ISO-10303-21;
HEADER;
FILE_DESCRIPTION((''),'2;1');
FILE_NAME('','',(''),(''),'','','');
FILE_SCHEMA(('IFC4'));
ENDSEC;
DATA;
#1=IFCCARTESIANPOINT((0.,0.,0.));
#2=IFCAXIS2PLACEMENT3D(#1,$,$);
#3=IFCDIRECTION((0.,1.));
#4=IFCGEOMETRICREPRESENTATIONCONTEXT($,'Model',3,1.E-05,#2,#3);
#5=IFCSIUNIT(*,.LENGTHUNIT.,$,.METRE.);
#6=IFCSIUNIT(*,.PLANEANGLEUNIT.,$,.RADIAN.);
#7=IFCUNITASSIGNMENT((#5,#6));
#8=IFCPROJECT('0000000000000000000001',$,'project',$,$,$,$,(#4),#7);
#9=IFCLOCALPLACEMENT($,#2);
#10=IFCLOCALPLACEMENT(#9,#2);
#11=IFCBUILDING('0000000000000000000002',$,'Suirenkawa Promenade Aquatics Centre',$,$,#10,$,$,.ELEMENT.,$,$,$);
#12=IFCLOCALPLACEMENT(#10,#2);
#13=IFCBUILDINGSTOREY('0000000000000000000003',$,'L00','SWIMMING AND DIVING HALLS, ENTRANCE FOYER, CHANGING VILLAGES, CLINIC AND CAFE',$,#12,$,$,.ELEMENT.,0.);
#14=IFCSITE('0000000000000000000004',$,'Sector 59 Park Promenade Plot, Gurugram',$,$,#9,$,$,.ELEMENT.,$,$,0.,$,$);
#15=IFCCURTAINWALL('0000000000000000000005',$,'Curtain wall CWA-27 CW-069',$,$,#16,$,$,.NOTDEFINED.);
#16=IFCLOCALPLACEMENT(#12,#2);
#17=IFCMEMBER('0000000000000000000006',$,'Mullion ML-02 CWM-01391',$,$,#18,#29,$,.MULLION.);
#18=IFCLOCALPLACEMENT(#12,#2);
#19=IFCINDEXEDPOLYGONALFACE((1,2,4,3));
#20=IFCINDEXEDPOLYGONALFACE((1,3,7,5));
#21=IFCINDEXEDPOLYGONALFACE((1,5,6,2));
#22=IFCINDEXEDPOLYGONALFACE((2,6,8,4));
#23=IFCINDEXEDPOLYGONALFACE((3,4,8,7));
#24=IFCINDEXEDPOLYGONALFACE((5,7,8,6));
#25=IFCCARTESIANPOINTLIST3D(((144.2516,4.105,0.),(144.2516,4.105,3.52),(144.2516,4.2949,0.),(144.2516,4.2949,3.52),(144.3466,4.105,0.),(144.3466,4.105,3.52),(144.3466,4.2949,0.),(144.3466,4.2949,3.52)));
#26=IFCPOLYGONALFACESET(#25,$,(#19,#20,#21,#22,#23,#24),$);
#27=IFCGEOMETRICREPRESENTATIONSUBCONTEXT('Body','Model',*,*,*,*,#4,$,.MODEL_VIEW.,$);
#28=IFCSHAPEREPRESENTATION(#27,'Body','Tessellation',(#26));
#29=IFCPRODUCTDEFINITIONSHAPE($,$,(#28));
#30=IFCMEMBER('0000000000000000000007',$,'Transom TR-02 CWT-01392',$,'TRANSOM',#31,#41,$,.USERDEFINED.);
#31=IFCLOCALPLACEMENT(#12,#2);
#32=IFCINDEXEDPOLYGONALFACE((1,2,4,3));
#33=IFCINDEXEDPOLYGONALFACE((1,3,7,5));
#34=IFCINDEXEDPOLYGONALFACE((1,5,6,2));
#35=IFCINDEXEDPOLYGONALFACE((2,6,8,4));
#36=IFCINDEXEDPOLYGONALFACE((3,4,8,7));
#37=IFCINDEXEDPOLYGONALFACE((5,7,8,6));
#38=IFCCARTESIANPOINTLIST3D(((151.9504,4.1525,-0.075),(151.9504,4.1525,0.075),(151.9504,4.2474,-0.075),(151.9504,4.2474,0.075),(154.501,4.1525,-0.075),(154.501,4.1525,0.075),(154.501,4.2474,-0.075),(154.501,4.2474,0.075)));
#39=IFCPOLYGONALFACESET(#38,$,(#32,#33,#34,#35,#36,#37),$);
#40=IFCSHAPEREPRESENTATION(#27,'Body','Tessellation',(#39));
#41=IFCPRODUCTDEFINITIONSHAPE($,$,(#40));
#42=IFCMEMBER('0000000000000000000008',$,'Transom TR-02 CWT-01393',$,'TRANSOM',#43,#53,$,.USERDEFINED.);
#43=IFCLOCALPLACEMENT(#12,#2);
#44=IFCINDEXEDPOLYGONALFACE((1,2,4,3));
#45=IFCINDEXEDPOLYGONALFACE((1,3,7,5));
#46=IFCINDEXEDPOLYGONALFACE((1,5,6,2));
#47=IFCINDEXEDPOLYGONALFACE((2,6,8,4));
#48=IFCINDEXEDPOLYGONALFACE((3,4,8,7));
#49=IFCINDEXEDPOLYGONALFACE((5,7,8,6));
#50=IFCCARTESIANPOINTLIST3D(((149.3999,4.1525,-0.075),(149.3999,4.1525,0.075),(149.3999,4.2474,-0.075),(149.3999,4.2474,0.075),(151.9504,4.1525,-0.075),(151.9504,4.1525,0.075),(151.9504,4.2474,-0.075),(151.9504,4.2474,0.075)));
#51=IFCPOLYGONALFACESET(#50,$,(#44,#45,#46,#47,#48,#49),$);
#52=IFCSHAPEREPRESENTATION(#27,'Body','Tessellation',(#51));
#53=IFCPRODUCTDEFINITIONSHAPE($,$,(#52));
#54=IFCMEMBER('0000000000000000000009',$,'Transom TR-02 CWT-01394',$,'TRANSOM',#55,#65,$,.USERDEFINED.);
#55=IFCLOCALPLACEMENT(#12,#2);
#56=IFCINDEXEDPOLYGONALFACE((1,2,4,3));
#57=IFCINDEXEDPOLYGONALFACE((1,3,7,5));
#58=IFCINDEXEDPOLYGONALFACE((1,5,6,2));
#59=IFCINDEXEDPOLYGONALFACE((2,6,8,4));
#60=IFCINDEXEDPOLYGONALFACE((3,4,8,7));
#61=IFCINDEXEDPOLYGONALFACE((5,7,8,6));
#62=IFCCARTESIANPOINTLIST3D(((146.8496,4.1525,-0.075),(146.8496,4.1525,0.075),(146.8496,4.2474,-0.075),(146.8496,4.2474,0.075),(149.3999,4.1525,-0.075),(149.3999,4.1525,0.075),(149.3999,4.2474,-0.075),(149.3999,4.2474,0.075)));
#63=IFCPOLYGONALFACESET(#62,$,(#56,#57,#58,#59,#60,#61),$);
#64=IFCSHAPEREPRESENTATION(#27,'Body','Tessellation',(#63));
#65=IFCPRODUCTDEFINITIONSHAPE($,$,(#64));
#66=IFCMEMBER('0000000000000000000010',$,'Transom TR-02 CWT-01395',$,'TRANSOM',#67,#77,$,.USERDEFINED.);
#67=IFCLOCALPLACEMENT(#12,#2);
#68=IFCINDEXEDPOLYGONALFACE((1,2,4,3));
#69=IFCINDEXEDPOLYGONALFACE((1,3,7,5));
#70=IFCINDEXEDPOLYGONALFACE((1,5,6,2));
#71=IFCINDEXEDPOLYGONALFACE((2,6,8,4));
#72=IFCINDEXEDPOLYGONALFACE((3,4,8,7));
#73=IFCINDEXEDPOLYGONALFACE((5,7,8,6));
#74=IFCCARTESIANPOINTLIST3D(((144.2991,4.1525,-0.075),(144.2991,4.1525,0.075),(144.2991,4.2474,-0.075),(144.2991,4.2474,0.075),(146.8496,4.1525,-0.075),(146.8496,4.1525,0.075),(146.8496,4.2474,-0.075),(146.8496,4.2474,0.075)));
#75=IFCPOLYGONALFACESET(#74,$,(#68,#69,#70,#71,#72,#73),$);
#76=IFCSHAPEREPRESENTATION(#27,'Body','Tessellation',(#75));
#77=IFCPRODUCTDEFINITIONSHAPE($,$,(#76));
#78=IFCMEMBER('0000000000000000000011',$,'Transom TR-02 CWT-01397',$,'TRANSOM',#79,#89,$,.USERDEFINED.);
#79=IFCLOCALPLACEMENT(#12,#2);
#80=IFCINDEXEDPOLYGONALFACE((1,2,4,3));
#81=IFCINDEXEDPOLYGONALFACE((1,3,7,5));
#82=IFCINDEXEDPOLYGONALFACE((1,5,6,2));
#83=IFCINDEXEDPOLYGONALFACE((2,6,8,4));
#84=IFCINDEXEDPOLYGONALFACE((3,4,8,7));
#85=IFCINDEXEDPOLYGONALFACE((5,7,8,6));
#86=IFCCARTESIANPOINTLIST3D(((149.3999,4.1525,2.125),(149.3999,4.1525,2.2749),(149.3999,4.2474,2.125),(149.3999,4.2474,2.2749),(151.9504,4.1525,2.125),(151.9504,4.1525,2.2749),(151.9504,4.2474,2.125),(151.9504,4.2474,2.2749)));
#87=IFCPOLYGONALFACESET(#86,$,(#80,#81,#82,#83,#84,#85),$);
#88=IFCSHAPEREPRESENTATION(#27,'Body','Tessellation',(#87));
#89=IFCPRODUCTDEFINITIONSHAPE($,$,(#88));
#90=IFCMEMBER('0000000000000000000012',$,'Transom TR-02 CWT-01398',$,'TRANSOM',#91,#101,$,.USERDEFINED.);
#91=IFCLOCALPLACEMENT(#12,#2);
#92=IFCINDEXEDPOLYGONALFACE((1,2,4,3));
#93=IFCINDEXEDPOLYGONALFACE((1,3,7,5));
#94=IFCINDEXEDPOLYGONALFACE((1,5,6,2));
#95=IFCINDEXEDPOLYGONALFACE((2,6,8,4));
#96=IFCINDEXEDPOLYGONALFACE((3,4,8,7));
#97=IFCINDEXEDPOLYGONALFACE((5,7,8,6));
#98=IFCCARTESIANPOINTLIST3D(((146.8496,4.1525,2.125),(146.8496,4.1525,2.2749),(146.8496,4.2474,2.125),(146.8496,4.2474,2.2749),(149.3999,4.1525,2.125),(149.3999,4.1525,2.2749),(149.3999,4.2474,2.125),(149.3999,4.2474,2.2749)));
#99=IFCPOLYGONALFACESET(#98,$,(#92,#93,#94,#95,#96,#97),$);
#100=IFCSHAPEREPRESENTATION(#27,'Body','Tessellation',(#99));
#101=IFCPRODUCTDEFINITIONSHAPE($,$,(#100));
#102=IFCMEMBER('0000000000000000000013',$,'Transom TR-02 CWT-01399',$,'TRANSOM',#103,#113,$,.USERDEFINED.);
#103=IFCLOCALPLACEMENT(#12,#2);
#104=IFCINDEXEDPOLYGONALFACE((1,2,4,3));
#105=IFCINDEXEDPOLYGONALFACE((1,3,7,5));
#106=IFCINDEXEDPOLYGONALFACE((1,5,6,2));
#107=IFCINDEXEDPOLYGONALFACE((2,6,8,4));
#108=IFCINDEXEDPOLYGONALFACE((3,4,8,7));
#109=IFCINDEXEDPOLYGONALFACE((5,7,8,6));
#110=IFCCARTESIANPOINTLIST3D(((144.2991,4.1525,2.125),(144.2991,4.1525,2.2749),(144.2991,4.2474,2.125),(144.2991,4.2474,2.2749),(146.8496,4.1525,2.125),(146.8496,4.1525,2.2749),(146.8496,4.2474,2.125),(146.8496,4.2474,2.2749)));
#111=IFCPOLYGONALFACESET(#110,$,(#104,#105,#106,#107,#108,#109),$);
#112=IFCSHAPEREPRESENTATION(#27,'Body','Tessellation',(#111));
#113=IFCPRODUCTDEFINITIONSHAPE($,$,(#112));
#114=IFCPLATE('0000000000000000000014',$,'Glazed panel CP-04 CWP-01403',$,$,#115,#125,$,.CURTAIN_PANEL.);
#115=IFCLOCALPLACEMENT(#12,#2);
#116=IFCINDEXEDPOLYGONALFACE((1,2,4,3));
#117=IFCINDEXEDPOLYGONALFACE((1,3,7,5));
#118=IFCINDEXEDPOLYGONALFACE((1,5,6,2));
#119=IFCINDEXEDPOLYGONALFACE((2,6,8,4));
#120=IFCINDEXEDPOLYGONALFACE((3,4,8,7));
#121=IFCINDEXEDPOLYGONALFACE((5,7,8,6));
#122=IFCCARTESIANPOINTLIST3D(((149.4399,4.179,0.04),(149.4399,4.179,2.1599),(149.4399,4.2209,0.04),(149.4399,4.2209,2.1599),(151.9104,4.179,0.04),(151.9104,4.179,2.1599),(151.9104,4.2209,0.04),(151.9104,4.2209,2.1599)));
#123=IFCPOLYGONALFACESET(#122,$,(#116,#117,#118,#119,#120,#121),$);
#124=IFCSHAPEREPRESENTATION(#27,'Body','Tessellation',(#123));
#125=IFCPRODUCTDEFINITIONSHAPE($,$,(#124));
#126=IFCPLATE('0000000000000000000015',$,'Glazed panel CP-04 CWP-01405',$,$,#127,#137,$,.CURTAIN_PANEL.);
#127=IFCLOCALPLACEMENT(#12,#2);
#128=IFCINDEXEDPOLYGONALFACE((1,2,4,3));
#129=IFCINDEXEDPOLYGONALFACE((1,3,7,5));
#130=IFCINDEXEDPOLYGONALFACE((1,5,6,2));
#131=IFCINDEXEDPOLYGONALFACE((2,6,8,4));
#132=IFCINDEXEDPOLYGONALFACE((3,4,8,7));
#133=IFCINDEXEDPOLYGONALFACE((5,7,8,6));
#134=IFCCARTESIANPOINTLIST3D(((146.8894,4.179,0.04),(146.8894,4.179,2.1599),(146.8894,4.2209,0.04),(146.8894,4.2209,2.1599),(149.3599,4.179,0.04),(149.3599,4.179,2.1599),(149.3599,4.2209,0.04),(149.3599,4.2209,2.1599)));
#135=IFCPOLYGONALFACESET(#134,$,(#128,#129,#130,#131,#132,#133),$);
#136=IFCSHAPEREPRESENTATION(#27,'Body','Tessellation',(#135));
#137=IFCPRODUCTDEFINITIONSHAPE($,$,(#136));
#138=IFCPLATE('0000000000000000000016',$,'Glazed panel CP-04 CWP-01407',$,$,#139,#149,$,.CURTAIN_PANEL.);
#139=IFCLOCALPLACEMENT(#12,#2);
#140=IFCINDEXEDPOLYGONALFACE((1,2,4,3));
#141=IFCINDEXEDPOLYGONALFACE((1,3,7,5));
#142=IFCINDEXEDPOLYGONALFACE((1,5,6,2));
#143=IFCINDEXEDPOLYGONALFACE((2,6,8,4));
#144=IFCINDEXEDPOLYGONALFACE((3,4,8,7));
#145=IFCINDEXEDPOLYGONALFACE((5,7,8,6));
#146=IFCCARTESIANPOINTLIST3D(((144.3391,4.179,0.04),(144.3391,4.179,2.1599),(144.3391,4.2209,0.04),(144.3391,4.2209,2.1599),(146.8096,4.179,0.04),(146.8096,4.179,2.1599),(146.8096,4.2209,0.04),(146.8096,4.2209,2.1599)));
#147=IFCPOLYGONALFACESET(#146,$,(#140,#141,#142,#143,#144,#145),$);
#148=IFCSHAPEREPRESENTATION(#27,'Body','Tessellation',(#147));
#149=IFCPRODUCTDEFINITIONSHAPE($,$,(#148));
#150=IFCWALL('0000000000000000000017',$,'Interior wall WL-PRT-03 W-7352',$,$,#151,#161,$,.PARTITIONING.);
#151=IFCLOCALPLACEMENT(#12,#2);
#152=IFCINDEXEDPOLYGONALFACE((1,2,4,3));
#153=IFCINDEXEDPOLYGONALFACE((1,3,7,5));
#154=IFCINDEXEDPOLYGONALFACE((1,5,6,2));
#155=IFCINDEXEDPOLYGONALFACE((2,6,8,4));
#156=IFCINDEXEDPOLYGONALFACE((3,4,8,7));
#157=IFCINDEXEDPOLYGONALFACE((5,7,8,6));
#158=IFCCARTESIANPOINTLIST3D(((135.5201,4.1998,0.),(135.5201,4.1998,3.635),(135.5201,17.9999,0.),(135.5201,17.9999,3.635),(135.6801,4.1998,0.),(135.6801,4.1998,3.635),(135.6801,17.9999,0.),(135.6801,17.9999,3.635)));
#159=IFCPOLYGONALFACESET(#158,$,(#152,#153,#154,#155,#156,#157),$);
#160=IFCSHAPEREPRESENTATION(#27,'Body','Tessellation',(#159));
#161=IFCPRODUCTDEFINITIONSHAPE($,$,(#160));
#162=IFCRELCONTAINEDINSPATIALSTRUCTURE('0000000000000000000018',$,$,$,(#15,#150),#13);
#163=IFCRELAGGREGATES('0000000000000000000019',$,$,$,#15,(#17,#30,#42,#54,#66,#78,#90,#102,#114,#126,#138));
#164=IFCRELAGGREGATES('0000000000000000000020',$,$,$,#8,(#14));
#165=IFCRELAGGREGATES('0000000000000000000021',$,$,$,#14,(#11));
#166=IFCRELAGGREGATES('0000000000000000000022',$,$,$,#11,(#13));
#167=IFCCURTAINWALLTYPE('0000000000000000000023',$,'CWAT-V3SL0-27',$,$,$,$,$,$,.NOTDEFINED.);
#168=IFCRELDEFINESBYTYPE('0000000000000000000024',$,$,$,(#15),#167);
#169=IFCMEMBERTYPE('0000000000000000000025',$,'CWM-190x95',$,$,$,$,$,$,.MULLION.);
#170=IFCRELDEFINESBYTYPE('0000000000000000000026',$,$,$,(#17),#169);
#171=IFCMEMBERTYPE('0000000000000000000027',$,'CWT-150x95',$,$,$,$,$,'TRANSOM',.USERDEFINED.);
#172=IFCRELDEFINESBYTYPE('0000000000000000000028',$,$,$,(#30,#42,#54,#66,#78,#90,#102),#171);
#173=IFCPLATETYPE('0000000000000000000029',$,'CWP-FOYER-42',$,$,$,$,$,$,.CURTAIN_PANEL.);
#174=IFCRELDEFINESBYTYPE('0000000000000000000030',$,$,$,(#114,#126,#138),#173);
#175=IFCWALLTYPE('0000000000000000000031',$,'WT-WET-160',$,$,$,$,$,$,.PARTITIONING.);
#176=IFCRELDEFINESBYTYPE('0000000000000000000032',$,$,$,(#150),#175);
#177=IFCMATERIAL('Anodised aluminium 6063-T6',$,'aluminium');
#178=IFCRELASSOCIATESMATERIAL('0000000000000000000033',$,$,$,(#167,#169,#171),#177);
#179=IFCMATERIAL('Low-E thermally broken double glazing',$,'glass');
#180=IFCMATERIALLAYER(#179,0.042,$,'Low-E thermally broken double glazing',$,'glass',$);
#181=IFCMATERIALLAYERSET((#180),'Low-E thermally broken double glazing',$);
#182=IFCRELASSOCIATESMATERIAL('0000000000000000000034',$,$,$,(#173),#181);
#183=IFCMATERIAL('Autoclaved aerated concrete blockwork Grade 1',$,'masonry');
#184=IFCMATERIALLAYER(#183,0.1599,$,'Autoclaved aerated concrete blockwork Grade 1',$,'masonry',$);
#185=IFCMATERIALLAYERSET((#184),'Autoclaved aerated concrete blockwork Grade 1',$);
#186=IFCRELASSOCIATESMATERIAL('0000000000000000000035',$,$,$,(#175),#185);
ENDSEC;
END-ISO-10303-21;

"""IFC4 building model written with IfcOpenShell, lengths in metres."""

from ifc_helpers import new_model, si_unit, direction, frame, frame_2d, origin, origin_2d, place, context, subcontext, project, spatial, polyline, rectangle, outline, extrude, material, layer, layer_set, material_profile, profile_set, type_object, element, aggregate, save


model = new_model("IFC4")

# Units and contexts
model_context = context("Model", 3, precision=1e-05, world=origin(), true_north=direction((0.0, 1.0)))
body_context = subcontext(model_context, "Body", "Model", "MODEL_VIEW")
ifc_project = project(units=[si_unit("LENGTHUNIT", "METRE"), si_unit("PLANEANGLEUNIT", "RADIAN")], contexts=[model_context])

# Site, building, storey
site_placement = place(None, origin())
site = spatial("IfcSite", under=ifc_project, at=site_placement, Name="Sector 59 Park Promenade Plot, Gurugram", CompositionType="ELEMENT", RefElevation=0.0)
building_placement = place(site_placement, origin())
building = spatial("IfcBuilding", under=site, at=building_placement, Name="Suirenkawa Promenade Aquatics Centre", CompositionType="ELEMENT")
storey_placement = place(building_placement, origin())
storey = spatial("IfcBuildingStorey", under=building, at=storey_placement, Name="L00", Description="SWIMMING AND DIVING HALLS, ENTRANCE FOYER, CHANGING VILLAGES, CLINIC AND CAFE", CompositionType="ELEMENT", Elevation=0.0)

# Curtain wall, members, plates
ifc_material_1 = material(Name="Anodised aluminium 6063-T6", Category="aluminium")
curtain_wall_type = type_object("IfcCurtainWallType", Name="CWAT-V3SL0-27", PredefinedType="NOTDEFINED", material=ifc_material_1)
curtain_wall_placement = place(storey_placement, origin())
curtain_wall = element("IfcCurtainWall", 1, at=curtain_wall_placement, inside=storey, type_object=curtain_wall_type, Name="Curtain wall CWA-27 CW-069", PredefinedType="NOTDEFINED")
ifc_material_profile_1 = material_profile(ifc_material_1, rectangle(XDim=0.095, YDim=0.1899, at=origin_2d()), Name="ALU MULL 95x190", Category="aluminium")
ifc_profile_set_1 = profile_set([ifc_material_profile_1], Name="Anodised aluminium 6063-T6")
member_type_1 = type_object("IfcMemberType", Name="CWM-190x95", PredefinedType="MULLION", material=ifc_profile_set_1)
member_1_placement = place(storey_placement, frame((144.2991, 4.2, 0.0), z_axis=(0.0, 0.0, 1.0), x_axis=(-1.0, 0.0, 0.0)))
member_1 = element("IfcMember", 2, at=member_1_placement, type_object=member_type_1, Name="Mullion ML-02 CWM-01391", PredefinedType="MULLION", context=body_context, shape_type="SweptSolid", body=[
    extrude(rectangle(XDim=0.095, YDim=0.1899, at=origin_2d()), origin(), (0.0, 0.0, 1.0), 3.52),
])
ifc_material_profile_2 = material_profile(ifc_material_1, rectangle(XDim=0.095, YDim=0.1499, at=origin_2d()), Name="ALU TRAN 95x150", Category="aluminium")
ifc_profile_set_2 = profile_set([ifc_material_profile_2], Name="Anodised aluminium 6063-T6")
member_type_2 = type_object("IfcMemberType", Name="CWT-150x95", ElementType="TRANSOM", PredefinedType="USERDEFINED", material=ifc_profile_set_2)
member_2_placement = place(storey_placement, frame((154.501, 4.2, 0.0), z_axis=(-1.0, 0.0, 0.0), x_axis=(0.0, -1.0, 0.0)))
member_2 = element("IfcMember", 3, at=member_2_placement, type_object=member_type_2, Name="Transom TR-02 CWT-01392", ObjectType="TRANSOM", PredefinedType="USERDEFINED", context=body_context, shape_type="SweptSolid", body=[
    extrude(rectangle(XDim=0.095, YDim=0.1499, at=origin_2d()), origin(), (0.0, 0.0, 1.0), 2.5505),
])
member_3_placement = place(storey_placement, frame((151.9504, 4.2, 0.0), z_axis=(-1.0, 0.0, 0.0), x_axis=(0.0, -1.0, 0.0)))
member_3 = element("IfcMember", 4, at=member_3_placement, type_object=member_type_2, Name="Transom TR-02 CWT-01393", ObjectType="TRANSOM", PredefinedType="USERDEFINED", context=body_context, shape_type="SweptSolid", body=[
    extrude(rectangle(XDim=0.095, YDim=0.1499, at=origin_2d()), origin(), (0.0, 0.0, 1.0), 2.5505),
])
member_4_placement = place(storey_placement, frame((149.3999, 4.2, 0.0), z_axis=(-1.0, 0.0, 0.0), x_axis=(0.0, -1.0, 0.0)))
member_4 = element("IfcMember", 5, at=member_4_placement, type_object=member_type_2, Name="Transom TR-02 CWT-01394", ObjectType="TRANSOM", PredefinedType="USERDEFINED", context=body_context, shape_type="SweptSolid", body=[
    extrude(rectangle(XDim=0.095, YDim=0.1499, at=origin_2d()), origin(), (0.0, 0.0, 1.0), 2.5503),
])
member_5_placement = place(storey_placement, frame((146.8496, 4.2, 0.0), z_axis=(-1.0, 0.0, 0.0), x_axis=(0.0, -1.0, 0.0)))
member_5 = element("IfcMember", 6, at=member_5_placement, type_object=member_type_2, Name="Transom TR-02 CWT-01395", ObjectType="TRANSOM", PredefinedType="USERDEFINED", context=body_context, shape_type="SweptSolid", body=[
    extrude(rectangle(XDim=0.095, YDim=0.1499, at=origin_2d()), origin(), (0.0, 0.0, 1.0), 2.5505),
])
member_6_placement = place(storey_placement, frame((151.9504, 4.2, 2.2), z_axis=(-1.0, 0.0, 0.0), x_axis=(0.0, -1.0, 0.0)))
member_6 = element("IfcMember", 7, at=member_6_placement, type_object=member_type_2, Name="Transom TR-02 CWT-01397", ObjectType="TRANSOM", PredefinedType="USERDEFINED", context=body_context, shape_type="SweptSolid", body=[
    extrude(rectangle(XDim=0.095, YDim=0.1499, at=origin_2d()), origin(), (0.0, 0.0, 1.0), 2.5505),
])
member_7_placement = place(storey_placement, frame((149.3999, 4.2, 2.2), z_axis=(-1.0, 0.0, 0.0), x_axis=(0.0, -1.0, 0.0)))
member_7 = element("IfcMember", 8, at=member_7_placement, type_object=member_type_2, Name="Transom TR-02 CWT-01398", ObjectType="TRANSOM", PredefinedType="USERDEFINED", context=body_context, shape_type="SweptSolid", body=[
    extrude(rectangle(XDim=0.095, YDim=0.1499, at=origin_2d()), origin(), (0.0, 0.0, 1.0), 2.5503),
])
member_8_placement = place(storey_placement, frame((146.8496, 4.2, 2.2), z_axis=(-1.0, 0.0, 0.0), x_axis=(0.0, -1.0, 0.0)))
member_8 = element("IfcMember", 9, at=member_8_placement, type_object=member_type_2, Name="Transom TR-02 CWT-01399", ObjectType="TRANSOM", PredefinedType="USERDEFINED", context=body_context, shape_type="SweptSolid", body=[
    extrude(rectangle(XDim=0.095, YDim=0.1499, at=origin_2d()), origin(), (0.0, 0.0, 1.0), 2.5505),
])
ifc_material_2 = material(Name="Low-E thermally broken double glazing", Category="glass")
ifc_layer_1 = layer(ifc_material_2, 0.042, Name="Low-E thermally broken double glazing", Category="glass")
ifc_layer_set_1 = layer_set([ifc_layer_1], Name="Low-E thermally broken double glazing")
plate_type = type_object("IfcPlateType", Name="CWP-FOYER-42", PredefinedType="CURTAIN_PANEL", material=ifc_layer_set_1)
plate_1_placement = place(storey_placement, frame((151.9504, 4.2, 0.04), z_axis=(0.0, 0.0, 1.0), x_axis=(-1.0, 0.0, 0.0)))
plate_1 = element("IfcPlate", 10, at=plate_1_placement, type_object=plate_type, Name="Glazed panel CP-04 CWP-01403", PredefinedType="CURTAIN_PANEL", context=body_context, shape_type="SweptSolid", body=[
    extrude(outline(polyline([(0.04, 0.0), (2.5105, 0.0), (2.5105, 2.1199), (0.04, 2.1199), (0.04, 0.0)])), frame((0.0, 0.021, 0.0), z_axis=(0.0, -1.0, 0.0), x_axis=(1.0, 0.0, 0.0)), (0.0, 0.0, 1.0), 0.042),
])
plate_2_placement = place(storey_placement, frame((149.3999, 4.2, 0.04), z_axis=(0.0, 0.0, 1.0), x_axis=(-1.0, 0.0, 0.0)))
plate_2 = element("IfcPlate", 11, at=plate_2_placement, type_object=plate_type, Name="Glazed panel CP-04 CWP-01405", PredefinedType="CURTAIN_PANEL", context=body_context, shape_type="SweptSolid", body=[
    extrude(outline(polyline([(0.04, 0.0), (2.5105, 0.0), (2.5105, 2.1199), (0.04, 2.1199), (0.04, 0.0)])), frame((0.0, 0.021, 0.0), z_axis=(0.0, -1.0, 0.0), x_axis=(1.0, 0.0, 0.0)), (0.0, 0.0, 1.0), 0.042),
])
plate_3_placement = place(storey_placement, frame((146.8496, 4.2, 0.04), z_axis=(0.0, 0.0, 1.0), x_axis=(-1.0, 0.0, 0.0)))
plate_3 = element("IfcPlate", 12, at=plate_3_placement, type_object=plate_type, Name="Glazed panel CP-04 CWP-01407", PredefinedType="CURTAIN_PANEL", context=body_context, shape_type="SweptSolid", body=[
    extrude(outline(polyline([(0.04, 0.0), (2.5105, 0.0), (2.5105, 2.1199), (0.04, 2.1199), (0.04, 0.0)])), frame((0.0, 0.021, 0.0), z_axis=(0.0, -1.0, 0.0), x_axis=(1.0, 0.0, 0.0)), (0.0, 0.0, 1.0), 0.042),
])
aggregate(curtain_wall, [member_1, member_2, member_3, member_4, member_5, member_6, member_7, member_8, plate_1, plate_2, plate_3])

# Wall
ifc_material_3 = material(Name="Autoclaved aerated concrete blockwork Grade 1", Category="masonry")
ifc_layer_2 = layer(ifc_material_3, 0.1599, Name="Autoclaved aerated concrete blockwork Grade 1", Category="masonry")
ifc_layer_set_2 = layer_set([ifc_layer_2], Name="Autoclaved aerated concrete blockwork Grade 1")
wall_type_1 = type_object("IfcWallType", Name="WT-WET-160", PredefinedType="PARTITIONING", material=ifc_layer_set_2)
wall_1_placement = place(storey_placement, frame((135.6001, 4.2, 0.0), z_axis=(0.0, 0.0, 1.0), x_axis=(0.0, 1.0, 0.0)))
element("IfcWall", 13, at=wall_1_placement, inside=storey, type_object=wall_type_1, Name="Interior wall WL-PRT-03 W-7352", PredefinedType="PARTITIONING", context=body_context, shape_type="SweptSolid", body=[
    extrude(rectangle(XDim=13.8, YDim=0.1599, at=frame_2d((6.8999, 0.0))), origin(), (0.0, 0.0, 1.0), 3.635),
])

save(model, "model.ifc")
